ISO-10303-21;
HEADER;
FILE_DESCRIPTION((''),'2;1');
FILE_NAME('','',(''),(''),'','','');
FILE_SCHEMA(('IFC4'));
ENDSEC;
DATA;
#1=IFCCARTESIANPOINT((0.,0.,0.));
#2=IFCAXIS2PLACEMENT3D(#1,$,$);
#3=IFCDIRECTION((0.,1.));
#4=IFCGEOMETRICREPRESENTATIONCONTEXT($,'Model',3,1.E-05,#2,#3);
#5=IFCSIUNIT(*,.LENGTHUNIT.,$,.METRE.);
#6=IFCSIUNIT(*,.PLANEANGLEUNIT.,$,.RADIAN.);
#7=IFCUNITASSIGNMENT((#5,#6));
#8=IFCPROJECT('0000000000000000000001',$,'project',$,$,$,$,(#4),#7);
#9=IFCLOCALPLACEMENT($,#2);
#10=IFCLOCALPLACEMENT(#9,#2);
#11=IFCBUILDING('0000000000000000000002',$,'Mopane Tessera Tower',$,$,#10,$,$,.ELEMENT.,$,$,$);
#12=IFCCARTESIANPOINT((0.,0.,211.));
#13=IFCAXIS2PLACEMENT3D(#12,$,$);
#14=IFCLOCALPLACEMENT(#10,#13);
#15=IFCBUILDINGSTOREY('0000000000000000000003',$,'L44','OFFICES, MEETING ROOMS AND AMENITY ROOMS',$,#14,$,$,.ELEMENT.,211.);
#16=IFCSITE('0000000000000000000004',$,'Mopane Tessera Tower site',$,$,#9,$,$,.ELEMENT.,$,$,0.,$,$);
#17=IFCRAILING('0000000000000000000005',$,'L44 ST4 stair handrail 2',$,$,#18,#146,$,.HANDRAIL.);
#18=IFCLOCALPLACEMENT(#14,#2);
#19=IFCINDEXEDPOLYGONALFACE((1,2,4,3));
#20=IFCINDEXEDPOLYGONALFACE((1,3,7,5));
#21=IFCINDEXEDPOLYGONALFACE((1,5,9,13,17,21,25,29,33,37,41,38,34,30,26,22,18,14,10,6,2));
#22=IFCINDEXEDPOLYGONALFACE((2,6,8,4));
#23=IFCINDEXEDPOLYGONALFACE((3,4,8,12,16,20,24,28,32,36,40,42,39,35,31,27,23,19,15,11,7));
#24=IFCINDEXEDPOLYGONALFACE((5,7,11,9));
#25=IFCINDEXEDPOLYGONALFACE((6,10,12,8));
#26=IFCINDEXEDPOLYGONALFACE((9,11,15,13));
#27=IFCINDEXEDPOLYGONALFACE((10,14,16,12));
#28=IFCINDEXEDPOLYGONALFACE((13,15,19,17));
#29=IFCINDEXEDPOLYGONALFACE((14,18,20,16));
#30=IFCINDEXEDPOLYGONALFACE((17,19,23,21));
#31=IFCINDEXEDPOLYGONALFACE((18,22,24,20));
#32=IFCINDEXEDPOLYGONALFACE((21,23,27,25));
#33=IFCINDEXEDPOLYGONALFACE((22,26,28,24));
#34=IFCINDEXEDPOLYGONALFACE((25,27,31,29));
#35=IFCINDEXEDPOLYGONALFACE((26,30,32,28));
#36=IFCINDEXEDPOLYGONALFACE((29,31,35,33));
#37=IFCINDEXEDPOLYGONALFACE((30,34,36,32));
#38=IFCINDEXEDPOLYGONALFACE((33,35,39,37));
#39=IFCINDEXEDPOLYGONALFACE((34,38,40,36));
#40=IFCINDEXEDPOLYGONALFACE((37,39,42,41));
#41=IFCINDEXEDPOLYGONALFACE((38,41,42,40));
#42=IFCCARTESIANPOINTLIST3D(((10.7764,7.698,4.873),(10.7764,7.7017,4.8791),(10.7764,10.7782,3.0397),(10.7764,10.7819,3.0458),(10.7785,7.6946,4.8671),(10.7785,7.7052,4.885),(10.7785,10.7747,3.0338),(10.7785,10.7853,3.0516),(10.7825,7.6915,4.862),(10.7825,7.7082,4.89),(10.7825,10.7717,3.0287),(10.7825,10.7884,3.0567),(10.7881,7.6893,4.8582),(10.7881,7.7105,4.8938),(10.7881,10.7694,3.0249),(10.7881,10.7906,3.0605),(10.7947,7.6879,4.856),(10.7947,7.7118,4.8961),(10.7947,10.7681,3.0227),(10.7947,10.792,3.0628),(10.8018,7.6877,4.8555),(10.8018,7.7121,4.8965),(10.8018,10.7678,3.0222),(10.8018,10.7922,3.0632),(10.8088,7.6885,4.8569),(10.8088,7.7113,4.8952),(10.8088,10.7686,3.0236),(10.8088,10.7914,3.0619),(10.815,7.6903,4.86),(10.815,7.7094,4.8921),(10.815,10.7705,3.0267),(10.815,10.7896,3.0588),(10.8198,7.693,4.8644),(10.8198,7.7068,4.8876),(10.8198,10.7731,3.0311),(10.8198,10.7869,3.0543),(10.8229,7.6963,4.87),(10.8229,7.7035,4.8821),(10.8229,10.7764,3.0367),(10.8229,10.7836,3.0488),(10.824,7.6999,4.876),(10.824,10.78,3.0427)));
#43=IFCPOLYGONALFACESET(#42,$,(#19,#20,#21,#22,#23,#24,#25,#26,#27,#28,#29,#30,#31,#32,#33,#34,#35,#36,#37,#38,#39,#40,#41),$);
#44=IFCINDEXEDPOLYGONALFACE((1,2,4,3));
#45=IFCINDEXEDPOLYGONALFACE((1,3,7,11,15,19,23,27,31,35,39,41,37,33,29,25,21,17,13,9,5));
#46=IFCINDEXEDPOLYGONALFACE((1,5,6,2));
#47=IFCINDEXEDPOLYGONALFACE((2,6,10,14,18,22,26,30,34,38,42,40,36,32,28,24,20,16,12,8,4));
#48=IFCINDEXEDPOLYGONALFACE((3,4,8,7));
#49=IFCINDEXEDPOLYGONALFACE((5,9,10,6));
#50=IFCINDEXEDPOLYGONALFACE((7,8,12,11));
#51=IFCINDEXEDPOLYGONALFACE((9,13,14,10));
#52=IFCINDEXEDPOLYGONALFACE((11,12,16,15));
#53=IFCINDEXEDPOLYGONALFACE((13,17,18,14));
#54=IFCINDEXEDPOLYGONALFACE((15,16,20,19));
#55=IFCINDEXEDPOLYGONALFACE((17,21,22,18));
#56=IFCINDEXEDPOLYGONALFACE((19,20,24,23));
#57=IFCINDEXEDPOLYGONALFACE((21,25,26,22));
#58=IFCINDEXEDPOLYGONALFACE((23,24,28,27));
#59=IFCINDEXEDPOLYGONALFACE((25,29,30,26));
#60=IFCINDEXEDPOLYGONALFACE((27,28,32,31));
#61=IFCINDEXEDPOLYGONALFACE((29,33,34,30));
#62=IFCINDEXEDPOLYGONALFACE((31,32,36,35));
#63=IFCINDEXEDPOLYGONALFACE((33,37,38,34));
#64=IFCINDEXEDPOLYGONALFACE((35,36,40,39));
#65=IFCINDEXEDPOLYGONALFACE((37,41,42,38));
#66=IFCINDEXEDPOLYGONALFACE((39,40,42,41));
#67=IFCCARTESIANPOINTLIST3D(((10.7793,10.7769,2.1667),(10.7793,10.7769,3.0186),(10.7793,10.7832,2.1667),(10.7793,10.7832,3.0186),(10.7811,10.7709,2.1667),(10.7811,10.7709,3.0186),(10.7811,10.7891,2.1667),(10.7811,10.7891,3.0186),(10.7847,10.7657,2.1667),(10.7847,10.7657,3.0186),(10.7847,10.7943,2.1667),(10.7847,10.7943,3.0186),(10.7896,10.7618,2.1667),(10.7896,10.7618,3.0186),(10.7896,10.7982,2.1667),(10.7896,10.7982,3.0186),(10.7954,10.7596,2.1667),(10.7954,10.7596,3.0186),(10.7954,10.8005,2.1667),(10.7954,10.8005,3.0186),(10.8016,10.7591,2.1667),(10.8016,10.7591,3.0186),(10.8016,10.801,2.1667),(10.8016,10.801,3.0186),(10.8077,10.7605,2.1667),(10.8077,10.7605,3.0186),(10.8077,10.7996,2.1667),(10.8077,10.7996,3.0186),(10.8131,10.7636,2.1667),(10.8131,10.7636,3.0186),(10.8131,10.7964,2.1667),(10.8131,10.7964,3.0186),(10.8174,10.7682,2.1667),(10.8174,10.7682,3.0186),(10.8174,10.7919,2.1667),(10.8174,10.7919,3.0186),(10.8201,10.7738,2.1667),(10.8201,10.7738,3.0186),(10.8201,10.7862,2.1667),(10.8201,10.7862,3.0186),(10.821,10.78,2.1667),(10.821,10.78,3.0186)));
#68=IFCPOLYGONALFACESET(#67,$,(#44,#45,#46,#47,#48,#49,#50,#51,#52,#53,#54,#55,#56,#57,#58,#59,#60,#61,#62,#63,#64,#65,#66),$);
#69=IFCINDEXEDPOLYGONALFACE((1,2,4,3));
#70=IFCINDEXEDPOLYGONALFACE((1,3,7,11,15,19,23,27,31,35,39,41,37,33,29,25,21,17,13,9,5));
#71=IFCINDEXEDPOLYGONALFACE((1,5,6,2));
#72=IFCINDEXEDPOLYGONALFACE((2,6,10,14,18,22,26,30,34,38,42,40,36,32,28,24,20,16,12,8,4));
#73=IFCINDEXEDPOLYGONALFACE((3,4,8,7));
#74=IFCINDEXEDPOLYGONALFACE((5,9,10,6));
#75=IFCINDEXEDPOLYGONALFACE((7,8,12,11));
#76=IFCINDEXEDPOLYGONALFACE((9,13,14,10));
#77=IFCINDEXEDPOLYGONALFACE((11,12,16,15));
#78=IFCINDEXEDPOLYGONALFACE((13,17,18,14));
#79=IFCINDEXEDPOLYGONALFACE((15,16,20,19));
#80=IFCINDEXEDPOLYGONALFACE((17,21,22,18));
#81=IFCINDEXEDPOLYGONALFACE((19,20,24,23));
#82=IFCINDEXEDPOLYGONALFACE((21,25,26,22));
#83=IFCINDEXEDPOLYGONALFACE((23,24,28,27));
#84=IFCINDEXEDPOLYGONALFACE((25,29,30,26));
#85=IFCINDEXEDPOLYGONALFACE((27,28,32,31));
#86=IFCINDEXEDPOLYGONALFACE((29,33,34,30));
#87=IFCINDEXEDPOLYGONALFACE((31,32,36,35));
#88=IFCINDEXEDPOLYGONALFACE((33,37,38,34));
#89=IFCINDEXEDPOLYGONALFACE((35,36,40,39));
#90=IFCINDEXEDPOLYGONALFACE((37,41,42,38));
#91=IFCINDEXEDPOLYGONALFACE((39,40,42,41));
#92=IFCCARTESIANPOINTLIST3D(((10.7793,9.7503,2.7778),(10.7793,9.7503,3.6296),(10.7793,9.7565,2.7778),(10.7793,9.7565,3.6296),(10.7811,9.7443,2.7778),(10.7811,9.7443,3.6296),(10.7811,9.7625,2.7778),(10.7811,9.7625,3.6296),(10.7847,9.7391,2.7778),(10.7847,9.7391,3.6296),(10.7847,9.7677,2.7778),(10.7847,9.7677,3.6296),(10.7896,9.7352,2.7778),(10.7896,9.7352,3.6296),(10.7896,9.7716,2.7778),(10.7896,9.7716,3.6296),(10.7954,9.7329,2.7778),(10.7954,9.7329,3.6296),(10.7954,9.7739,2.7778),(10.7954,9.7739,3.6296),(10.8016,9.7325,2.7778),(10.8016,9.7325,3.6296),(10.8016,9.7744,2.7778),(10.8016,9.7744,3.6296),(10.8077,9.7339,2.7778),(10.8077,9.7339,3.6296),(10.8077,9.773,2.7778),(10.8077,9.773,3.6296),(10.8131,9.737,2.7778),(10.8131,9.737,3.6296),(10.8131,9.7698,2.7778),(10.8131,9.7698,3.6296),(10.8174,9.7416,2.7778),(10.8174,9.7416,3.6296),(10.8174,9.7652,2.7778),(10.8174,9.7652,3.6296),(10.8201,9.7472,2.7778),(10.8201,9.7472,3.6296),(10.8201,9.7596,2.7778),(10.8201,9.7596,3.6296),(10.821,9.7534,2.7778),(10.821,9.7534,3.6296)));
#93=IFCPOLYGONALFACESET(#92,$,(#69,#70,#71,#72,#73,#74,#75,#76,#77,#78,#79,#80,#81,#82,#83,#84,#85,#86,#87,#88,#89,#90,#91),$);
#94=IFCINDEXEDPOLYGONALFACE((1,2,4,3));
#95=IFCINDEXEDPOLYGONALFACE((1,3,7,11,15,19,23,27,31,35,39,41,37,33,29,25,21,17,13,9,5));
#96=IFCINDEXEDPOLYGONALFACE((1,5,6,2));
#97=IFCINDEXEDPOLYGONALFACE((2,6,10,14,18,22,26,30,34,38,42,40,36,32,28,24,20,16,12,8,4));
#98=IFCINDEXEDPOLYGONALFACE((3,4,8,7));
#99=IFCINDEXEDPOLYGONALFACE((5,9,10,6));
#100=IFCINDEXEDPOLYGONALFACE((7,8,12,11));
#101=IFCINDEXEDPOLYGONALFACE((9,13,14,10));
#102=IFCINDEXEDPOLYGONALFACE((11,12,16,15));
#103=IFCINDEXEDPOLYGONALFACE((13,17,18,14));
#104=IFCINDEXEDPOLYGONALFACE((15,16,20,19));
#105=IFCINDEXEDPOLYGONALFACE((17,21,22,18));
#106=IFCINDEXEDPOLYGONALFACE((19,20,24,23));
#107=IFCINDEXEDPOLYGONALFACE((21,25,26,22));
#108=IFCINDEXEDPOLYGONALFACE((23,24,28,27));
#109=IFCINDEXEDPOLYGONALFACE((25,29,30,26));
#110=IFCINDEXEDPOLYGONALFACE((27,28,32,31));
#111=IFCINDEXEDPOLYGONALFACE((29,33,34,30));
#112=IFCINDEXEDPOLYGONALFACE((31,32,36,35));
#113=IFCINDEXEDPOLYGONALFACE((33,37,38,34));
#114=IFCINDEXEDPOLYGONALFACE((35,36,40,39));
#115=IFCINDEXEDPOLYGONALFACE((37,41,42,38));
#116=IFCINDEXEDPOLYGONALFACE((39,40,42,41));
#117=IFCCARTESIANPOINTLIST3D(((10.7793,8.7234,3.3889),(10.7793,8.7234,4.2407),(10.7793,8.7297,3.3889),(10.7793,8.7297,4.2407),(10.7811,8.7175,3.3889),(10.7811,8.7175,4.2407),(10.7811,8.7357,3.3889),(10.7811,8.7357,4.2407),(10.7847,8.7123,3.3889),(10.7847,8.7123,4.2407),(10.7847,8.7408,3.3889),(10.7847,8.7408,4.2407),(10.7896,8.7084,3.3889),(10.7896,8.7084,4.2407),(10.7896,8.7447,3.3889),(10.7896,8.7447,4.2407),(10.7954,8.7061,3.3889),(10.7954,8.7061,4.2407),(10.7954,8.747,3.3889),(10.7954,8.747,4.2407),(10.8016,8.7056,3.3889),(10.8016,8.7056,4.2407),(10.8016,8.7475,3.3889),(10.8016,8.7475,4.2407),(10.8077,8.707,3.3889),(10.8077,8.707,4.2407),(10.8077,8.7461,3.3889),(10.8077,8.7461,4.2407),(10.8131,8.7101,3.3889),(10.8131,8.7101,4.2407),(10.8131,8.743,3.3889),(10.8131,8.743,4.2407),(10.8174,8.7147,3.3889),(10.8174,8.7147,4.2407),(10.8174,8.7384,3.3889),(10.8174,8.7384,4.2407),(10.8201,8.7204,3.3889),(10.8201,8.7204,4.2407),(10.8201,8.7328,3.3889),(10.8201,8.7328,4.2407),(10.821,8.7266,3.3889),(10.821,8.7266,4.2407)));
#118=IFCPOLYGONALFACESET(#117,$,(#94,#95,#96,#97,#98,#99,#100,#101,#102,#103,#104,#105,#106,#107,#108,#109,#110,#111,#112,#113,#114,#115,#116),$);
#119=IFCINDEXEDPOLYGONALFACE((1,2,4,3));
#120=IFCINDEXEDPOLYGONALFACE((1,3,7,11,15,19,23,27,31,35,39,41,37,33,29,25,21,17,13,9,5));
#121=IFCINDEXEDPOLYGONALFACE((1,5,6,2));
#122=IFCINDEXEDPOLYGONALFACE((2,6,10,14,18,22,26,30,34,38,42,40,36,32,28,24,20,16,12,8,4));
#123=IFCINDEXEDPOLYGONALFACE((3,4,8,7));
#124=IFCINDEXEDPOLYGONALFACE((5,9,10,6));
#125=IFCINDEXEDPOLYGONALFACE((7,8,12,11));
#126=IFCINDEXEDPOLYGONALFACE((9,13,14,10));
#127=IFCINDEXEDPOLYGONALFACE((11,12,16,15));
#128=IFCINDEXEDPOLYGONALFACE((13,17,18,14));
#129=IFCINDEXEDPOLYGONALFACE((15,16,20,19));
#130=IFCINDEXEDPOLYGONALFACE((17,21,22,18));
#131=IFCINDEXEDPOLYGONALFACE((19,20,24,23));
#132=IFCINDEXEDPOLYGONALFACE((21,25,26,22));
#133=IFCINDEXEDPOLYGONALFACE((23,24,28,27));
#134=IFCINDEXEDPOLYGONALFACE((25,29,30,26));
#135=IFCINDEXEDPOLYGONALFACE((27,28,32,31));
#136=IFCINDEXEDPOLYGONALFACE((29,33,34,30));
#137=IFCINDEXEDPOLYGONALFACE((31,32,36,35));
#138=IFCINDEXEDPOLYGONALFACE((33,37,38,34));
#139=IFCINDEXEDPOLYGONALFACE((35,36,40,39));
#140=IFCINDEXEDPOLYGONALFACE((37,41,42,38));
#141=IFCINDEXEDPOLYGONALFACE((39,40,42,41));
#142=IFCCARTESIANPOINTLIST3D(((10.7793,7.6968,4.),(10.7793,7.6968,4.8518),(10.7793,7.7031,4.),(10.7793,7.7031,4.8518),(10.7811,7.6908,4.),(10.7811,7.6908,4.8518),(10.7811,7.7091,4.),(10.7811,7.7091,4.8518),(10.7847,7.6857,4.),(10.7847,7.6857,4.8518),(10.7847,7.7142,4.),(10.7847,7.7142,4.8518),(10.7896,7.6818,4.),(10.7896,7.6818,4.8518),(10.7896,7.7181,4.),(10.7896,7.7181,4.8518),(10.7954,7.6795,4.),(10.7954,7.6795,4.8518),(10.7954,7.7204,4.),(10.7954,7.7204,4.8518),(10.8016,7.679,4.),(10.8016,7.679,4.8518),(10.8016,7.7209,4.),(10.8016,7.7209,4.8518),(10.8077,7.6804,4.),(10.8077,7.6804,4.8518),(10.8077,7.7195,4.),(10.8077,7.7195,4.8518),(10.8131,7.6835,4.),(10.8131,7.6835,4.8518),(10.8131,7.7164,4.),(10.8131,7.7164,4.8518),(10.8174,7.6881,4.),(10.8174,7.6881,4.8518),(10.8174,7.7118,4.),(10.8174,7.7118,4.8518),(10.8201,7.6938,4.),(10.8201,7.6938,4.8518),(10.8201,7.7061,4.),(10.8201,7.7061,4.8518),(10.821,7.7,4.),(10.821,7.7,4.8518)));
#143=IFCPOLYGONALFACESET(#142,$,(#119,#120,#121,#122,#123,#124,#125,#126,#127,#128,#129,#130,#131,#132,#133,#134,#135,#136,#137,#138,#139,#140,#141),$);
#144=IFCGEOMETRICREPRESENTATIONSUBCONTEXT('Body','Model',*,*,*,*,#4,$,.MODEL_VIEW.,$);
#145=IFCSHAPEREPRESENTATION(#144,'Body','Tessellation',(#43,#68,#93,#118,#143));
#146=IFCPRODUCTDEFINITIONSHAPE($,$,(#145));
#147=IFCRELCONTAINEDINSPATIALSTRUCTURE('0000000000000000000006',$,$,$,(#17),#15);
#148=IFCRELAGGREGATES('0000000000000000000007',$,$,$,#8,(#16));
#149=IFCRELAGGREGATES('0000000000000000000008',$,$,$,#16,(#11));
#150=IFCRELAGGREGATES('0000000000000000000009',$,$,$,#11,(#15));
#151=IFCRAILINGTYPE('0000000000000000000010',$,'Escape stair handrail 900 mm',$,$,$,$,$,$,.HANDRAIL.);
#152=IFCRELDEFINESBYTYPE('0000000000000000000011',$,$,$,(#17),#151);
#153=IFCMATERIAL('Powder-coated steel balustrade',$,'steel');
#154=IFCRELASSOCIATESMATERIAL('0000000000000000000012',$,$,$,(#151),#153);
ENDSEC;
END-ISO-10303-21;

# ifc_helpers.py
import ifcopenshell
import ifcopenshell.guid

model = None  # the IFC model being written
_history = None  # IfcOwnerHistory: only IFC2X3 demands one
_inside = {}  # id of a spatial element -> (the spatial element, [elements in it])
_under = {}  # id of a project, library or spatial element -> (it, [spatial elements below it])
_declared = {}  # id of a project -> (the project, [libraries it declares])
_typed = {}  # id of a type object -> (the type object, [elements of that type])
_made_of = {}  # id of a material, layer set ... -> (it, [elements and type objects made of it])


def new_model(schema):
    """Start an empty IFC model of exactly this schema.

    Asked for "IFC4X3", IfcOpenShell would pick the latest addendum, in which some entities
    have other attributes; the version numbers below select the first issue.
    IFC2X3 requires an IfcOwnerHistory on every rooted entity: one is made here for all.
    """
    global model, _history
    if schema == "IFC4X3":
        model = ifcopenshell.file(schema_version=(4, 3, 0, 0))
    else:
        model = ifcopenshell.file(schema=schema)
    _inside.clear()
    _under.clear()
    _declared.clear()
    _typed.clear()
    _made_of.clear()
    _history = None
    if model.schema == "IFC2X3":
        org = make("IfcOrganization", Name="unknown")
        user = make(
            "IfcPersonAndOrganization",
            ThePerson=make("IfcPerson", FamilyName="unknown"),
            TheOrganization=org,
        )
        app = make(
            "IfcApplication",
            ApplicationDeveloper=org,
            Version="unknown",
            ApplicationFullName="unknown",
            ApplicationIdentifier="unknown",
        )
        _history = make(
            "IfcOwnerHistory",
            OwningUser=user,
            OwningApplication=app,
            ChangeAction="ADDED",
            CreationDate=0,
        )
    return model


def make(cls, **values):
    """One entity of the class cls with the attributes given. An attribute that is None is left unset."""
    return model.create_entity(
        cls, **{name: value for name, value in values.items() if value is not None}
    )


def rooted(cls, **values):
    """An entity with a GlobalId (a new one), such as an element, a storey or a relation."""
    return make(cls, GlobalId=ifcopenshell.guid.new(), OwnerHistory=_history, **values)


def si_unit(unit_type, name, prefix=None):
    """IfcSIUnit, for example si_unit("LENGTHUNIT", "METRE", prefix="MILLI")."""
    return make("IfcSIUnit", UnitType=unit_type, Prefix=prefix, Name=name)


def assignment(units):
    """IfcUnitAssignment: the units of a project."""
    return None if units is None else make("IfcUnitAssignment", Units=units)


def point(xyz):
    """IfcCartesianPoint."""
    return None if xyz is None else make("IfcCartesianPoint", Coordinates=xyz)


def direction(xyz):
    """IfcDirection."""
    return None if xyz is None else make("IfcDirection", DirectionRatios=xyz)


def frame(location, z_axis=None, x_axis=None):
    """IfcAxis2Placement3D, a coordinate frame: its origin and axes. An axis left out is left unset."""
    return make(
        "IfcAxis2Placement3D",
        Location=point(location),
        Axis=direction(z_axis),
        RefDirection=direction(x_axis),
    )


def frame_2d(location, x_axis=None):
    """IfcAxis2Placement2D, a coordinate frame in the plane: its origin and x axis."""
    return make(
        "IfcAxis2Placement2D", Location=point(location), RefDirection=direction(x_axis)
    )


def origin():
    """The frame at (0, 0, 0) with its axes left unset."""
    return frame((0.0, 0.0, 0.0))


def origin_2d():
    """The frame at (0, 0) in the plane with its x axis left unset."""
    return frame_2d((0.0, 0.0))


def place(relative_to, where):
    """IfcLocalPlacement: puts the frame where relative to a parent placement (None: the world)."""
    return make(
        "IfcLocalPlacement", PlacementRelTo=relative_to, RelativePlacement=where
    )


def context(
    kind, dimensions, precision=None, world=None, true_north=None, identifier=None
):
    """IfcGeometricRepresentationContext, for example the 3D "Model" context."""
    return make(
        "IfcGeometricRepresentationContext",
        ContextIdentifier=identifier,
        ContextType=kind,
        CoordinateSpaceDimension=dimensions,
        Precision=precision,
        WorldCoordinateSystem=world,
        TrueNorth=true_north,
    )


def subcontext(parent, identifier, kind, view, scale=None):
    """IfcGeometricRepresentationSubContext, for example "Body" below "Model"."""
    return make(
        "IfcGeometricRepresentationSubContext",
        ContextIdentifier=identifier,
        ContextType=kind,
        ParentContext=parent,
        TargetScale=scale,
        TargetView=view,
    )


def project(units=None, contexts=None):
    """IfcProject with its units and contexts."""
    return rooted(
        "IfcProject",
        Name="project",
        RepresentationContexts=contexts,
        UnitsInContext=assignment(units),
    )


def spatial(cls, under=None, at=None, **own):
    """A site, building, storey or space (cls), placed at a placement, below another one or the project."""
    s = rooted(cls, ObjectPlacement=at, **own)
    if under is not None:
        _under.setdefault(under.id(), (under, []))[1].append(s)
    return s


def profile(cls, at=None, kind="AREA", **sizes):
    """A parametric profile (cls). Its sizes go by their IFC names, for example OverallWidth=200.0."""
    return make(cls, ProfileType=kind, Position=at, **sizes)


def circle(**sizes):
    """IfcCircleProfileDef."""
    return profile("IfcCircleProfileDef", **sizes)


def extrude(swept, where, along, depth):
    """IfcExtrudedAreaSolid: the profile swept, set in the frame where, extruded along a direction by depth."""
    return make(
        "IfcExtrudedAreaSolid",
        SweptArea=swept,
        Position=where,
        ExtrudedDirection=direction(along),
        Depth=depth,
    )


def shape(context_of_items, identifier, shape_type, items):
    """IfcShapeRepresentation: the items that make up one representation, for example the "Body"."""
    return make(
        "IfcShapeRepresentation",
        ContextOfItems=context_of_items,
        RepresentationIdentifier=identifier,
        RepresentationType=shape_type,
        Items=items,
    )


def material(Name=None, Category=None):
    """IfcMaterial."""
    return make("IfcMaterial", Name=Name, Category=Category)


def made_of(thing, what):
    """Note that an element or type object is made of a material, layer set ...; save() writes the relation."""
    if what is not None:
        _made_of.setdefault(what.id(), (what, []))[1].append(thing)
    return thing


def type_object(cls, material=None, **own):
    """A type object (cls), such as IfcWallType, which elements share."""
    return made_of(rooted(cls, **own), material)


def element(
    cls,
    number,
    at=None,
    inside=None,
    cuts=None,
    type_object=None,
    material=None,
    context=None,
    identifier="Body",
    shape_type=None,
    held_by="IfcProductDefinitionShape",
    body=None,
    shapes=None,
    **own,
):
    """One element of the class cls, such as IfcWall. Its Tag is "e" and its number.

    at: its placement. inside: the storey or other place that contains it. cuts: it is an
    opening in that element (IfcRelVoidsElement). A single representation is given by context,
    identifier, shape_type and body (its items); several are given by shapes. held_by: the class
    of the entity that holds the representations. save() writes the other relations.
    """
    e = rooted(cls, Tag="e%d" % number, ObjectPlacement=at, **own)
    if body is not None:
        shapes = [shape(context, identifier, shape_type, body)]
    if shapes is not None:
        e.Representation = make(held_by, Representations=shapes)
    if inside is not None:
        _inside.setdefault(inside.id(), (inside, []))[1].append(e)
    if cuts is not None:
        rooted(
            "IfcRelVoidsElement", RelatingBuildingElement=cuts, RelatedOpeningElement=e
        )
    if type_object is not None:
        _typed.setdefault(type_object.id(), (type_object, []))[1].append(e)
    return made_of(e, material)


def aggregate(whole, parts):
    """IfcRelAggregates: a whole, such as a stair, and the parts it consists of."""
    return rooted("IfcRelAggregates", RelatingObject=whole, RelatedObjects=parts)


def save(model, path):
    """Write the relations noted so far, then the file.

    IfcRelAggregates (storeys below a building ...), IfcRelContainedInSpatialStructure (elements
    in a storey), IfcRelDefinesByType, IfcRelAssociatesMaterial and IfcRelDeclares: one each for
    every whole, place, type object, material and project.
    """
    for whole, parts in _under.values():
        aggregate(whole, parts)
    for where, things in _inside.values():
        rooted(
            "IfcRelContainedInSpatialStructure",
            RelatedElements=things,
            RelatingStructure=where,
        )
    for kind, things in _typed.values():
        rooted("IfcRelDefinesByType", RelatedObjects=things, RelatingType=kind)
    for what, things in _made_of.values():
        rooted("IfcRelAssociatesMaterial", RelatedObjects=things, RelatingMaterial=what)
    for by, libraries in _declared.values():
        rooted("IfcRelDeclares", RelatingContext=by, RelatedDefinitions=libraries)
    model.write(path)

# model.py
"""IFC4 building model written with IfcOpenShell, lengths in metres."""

from ifc_helpers import new_model, si_unit, direction, frame, origin, origin_2d, place, context, subcontext, project, spatial, circle, extrude, material, type_object, element, save


model = new_model("IFC4")

# Units and contexts
model_context = context("Model", 3, precision=1e-05, world=origin(), true_north=direction((0.0, 1.0)))
body_context = subcontext(model_context, "Body", "Model", "MODEL_VIEW")
ifc_project = project(units=[si_unit("LENGTHUNIT", "METRE"), si_unit("PLANEANGLEUNIT", "RADIAN")], contexts=[model_context])

# Site, building, storey
site_placement = place(None, origin())
site = spatial("IfcSite", under=ifc_project, at=site_placement, Name="Mopane Tessera Tower site", CompositionType="ELEMENT", RefElevation=0.0)
building_placement = place(site_placement, origin())
building = spatial("IfcBuilding", under=site, at=building_placement, Name="Mopane Tessera Tower", CompositionType="ELEMENT")
storey_placement = place(building_placement, frame((0.0, 0.0, 211.0)))
storey = spatial("IfcBuildingStorey", under=building, at=storey_placement, Name="L44", Description="OFFICES, MEETING ROOMS AND AMENITY ROOMS", CompositionType="ELEMENT", Elevation=211.0)

# Railing
ifc_material_1 = material(Name="Powder-coated steel balustrade", Category="steel")
railing_type_1 = type_object("IfcRailingType", Name="Escape stair handrail 900 mm", PredefinedType="HANDRAIL", material=ifc_material_1)
railing_1_placement = place(storey_placement, frame((10.8, 10.78, 2.1667)))
element("IfcRailing", 1, at=railing_1_placement, inside=storey, type_object=railing_type_1, Name="L44 ST4 stair handrail 2", PredefinedType="HANDRAIL", context=body_context, shape_type="SweptSolid", body=[
    extrude(circle(Radius=0.0239, at=origin_2d()), frame((0.0, 0.0, 0.876), z_axis=(0.0, -0.859309, 0.511458), x_axis=(1.0, 0.0, 0.0)), (0.0, 0.0, 1.0), 3.5845),
    extrude(circle(Radius=0.021, at=origin_2d()), origin(), (0.0, 0.0, 1.0), 0.8518),
    extrude(circle(Radius=0.021, at=origin_2d()), frame((0.0, -1.0266, 0.6111)), (0.0, 0.0, 1.0), 0.8518),
    extrude(circle(Radius=0.021, at=origin_2d()), frame((0.0, -2.0535, 1.2222)), (0.0, 0.0, 1.0), 0.8518),
    extrude(circle(Radius=0.021, at=origin_2d()), frame((0.0, -3.0801, 1.8333)), (0.0, 0.0, 1.0), 0.8518),
])

save(model, "model.ifc")
